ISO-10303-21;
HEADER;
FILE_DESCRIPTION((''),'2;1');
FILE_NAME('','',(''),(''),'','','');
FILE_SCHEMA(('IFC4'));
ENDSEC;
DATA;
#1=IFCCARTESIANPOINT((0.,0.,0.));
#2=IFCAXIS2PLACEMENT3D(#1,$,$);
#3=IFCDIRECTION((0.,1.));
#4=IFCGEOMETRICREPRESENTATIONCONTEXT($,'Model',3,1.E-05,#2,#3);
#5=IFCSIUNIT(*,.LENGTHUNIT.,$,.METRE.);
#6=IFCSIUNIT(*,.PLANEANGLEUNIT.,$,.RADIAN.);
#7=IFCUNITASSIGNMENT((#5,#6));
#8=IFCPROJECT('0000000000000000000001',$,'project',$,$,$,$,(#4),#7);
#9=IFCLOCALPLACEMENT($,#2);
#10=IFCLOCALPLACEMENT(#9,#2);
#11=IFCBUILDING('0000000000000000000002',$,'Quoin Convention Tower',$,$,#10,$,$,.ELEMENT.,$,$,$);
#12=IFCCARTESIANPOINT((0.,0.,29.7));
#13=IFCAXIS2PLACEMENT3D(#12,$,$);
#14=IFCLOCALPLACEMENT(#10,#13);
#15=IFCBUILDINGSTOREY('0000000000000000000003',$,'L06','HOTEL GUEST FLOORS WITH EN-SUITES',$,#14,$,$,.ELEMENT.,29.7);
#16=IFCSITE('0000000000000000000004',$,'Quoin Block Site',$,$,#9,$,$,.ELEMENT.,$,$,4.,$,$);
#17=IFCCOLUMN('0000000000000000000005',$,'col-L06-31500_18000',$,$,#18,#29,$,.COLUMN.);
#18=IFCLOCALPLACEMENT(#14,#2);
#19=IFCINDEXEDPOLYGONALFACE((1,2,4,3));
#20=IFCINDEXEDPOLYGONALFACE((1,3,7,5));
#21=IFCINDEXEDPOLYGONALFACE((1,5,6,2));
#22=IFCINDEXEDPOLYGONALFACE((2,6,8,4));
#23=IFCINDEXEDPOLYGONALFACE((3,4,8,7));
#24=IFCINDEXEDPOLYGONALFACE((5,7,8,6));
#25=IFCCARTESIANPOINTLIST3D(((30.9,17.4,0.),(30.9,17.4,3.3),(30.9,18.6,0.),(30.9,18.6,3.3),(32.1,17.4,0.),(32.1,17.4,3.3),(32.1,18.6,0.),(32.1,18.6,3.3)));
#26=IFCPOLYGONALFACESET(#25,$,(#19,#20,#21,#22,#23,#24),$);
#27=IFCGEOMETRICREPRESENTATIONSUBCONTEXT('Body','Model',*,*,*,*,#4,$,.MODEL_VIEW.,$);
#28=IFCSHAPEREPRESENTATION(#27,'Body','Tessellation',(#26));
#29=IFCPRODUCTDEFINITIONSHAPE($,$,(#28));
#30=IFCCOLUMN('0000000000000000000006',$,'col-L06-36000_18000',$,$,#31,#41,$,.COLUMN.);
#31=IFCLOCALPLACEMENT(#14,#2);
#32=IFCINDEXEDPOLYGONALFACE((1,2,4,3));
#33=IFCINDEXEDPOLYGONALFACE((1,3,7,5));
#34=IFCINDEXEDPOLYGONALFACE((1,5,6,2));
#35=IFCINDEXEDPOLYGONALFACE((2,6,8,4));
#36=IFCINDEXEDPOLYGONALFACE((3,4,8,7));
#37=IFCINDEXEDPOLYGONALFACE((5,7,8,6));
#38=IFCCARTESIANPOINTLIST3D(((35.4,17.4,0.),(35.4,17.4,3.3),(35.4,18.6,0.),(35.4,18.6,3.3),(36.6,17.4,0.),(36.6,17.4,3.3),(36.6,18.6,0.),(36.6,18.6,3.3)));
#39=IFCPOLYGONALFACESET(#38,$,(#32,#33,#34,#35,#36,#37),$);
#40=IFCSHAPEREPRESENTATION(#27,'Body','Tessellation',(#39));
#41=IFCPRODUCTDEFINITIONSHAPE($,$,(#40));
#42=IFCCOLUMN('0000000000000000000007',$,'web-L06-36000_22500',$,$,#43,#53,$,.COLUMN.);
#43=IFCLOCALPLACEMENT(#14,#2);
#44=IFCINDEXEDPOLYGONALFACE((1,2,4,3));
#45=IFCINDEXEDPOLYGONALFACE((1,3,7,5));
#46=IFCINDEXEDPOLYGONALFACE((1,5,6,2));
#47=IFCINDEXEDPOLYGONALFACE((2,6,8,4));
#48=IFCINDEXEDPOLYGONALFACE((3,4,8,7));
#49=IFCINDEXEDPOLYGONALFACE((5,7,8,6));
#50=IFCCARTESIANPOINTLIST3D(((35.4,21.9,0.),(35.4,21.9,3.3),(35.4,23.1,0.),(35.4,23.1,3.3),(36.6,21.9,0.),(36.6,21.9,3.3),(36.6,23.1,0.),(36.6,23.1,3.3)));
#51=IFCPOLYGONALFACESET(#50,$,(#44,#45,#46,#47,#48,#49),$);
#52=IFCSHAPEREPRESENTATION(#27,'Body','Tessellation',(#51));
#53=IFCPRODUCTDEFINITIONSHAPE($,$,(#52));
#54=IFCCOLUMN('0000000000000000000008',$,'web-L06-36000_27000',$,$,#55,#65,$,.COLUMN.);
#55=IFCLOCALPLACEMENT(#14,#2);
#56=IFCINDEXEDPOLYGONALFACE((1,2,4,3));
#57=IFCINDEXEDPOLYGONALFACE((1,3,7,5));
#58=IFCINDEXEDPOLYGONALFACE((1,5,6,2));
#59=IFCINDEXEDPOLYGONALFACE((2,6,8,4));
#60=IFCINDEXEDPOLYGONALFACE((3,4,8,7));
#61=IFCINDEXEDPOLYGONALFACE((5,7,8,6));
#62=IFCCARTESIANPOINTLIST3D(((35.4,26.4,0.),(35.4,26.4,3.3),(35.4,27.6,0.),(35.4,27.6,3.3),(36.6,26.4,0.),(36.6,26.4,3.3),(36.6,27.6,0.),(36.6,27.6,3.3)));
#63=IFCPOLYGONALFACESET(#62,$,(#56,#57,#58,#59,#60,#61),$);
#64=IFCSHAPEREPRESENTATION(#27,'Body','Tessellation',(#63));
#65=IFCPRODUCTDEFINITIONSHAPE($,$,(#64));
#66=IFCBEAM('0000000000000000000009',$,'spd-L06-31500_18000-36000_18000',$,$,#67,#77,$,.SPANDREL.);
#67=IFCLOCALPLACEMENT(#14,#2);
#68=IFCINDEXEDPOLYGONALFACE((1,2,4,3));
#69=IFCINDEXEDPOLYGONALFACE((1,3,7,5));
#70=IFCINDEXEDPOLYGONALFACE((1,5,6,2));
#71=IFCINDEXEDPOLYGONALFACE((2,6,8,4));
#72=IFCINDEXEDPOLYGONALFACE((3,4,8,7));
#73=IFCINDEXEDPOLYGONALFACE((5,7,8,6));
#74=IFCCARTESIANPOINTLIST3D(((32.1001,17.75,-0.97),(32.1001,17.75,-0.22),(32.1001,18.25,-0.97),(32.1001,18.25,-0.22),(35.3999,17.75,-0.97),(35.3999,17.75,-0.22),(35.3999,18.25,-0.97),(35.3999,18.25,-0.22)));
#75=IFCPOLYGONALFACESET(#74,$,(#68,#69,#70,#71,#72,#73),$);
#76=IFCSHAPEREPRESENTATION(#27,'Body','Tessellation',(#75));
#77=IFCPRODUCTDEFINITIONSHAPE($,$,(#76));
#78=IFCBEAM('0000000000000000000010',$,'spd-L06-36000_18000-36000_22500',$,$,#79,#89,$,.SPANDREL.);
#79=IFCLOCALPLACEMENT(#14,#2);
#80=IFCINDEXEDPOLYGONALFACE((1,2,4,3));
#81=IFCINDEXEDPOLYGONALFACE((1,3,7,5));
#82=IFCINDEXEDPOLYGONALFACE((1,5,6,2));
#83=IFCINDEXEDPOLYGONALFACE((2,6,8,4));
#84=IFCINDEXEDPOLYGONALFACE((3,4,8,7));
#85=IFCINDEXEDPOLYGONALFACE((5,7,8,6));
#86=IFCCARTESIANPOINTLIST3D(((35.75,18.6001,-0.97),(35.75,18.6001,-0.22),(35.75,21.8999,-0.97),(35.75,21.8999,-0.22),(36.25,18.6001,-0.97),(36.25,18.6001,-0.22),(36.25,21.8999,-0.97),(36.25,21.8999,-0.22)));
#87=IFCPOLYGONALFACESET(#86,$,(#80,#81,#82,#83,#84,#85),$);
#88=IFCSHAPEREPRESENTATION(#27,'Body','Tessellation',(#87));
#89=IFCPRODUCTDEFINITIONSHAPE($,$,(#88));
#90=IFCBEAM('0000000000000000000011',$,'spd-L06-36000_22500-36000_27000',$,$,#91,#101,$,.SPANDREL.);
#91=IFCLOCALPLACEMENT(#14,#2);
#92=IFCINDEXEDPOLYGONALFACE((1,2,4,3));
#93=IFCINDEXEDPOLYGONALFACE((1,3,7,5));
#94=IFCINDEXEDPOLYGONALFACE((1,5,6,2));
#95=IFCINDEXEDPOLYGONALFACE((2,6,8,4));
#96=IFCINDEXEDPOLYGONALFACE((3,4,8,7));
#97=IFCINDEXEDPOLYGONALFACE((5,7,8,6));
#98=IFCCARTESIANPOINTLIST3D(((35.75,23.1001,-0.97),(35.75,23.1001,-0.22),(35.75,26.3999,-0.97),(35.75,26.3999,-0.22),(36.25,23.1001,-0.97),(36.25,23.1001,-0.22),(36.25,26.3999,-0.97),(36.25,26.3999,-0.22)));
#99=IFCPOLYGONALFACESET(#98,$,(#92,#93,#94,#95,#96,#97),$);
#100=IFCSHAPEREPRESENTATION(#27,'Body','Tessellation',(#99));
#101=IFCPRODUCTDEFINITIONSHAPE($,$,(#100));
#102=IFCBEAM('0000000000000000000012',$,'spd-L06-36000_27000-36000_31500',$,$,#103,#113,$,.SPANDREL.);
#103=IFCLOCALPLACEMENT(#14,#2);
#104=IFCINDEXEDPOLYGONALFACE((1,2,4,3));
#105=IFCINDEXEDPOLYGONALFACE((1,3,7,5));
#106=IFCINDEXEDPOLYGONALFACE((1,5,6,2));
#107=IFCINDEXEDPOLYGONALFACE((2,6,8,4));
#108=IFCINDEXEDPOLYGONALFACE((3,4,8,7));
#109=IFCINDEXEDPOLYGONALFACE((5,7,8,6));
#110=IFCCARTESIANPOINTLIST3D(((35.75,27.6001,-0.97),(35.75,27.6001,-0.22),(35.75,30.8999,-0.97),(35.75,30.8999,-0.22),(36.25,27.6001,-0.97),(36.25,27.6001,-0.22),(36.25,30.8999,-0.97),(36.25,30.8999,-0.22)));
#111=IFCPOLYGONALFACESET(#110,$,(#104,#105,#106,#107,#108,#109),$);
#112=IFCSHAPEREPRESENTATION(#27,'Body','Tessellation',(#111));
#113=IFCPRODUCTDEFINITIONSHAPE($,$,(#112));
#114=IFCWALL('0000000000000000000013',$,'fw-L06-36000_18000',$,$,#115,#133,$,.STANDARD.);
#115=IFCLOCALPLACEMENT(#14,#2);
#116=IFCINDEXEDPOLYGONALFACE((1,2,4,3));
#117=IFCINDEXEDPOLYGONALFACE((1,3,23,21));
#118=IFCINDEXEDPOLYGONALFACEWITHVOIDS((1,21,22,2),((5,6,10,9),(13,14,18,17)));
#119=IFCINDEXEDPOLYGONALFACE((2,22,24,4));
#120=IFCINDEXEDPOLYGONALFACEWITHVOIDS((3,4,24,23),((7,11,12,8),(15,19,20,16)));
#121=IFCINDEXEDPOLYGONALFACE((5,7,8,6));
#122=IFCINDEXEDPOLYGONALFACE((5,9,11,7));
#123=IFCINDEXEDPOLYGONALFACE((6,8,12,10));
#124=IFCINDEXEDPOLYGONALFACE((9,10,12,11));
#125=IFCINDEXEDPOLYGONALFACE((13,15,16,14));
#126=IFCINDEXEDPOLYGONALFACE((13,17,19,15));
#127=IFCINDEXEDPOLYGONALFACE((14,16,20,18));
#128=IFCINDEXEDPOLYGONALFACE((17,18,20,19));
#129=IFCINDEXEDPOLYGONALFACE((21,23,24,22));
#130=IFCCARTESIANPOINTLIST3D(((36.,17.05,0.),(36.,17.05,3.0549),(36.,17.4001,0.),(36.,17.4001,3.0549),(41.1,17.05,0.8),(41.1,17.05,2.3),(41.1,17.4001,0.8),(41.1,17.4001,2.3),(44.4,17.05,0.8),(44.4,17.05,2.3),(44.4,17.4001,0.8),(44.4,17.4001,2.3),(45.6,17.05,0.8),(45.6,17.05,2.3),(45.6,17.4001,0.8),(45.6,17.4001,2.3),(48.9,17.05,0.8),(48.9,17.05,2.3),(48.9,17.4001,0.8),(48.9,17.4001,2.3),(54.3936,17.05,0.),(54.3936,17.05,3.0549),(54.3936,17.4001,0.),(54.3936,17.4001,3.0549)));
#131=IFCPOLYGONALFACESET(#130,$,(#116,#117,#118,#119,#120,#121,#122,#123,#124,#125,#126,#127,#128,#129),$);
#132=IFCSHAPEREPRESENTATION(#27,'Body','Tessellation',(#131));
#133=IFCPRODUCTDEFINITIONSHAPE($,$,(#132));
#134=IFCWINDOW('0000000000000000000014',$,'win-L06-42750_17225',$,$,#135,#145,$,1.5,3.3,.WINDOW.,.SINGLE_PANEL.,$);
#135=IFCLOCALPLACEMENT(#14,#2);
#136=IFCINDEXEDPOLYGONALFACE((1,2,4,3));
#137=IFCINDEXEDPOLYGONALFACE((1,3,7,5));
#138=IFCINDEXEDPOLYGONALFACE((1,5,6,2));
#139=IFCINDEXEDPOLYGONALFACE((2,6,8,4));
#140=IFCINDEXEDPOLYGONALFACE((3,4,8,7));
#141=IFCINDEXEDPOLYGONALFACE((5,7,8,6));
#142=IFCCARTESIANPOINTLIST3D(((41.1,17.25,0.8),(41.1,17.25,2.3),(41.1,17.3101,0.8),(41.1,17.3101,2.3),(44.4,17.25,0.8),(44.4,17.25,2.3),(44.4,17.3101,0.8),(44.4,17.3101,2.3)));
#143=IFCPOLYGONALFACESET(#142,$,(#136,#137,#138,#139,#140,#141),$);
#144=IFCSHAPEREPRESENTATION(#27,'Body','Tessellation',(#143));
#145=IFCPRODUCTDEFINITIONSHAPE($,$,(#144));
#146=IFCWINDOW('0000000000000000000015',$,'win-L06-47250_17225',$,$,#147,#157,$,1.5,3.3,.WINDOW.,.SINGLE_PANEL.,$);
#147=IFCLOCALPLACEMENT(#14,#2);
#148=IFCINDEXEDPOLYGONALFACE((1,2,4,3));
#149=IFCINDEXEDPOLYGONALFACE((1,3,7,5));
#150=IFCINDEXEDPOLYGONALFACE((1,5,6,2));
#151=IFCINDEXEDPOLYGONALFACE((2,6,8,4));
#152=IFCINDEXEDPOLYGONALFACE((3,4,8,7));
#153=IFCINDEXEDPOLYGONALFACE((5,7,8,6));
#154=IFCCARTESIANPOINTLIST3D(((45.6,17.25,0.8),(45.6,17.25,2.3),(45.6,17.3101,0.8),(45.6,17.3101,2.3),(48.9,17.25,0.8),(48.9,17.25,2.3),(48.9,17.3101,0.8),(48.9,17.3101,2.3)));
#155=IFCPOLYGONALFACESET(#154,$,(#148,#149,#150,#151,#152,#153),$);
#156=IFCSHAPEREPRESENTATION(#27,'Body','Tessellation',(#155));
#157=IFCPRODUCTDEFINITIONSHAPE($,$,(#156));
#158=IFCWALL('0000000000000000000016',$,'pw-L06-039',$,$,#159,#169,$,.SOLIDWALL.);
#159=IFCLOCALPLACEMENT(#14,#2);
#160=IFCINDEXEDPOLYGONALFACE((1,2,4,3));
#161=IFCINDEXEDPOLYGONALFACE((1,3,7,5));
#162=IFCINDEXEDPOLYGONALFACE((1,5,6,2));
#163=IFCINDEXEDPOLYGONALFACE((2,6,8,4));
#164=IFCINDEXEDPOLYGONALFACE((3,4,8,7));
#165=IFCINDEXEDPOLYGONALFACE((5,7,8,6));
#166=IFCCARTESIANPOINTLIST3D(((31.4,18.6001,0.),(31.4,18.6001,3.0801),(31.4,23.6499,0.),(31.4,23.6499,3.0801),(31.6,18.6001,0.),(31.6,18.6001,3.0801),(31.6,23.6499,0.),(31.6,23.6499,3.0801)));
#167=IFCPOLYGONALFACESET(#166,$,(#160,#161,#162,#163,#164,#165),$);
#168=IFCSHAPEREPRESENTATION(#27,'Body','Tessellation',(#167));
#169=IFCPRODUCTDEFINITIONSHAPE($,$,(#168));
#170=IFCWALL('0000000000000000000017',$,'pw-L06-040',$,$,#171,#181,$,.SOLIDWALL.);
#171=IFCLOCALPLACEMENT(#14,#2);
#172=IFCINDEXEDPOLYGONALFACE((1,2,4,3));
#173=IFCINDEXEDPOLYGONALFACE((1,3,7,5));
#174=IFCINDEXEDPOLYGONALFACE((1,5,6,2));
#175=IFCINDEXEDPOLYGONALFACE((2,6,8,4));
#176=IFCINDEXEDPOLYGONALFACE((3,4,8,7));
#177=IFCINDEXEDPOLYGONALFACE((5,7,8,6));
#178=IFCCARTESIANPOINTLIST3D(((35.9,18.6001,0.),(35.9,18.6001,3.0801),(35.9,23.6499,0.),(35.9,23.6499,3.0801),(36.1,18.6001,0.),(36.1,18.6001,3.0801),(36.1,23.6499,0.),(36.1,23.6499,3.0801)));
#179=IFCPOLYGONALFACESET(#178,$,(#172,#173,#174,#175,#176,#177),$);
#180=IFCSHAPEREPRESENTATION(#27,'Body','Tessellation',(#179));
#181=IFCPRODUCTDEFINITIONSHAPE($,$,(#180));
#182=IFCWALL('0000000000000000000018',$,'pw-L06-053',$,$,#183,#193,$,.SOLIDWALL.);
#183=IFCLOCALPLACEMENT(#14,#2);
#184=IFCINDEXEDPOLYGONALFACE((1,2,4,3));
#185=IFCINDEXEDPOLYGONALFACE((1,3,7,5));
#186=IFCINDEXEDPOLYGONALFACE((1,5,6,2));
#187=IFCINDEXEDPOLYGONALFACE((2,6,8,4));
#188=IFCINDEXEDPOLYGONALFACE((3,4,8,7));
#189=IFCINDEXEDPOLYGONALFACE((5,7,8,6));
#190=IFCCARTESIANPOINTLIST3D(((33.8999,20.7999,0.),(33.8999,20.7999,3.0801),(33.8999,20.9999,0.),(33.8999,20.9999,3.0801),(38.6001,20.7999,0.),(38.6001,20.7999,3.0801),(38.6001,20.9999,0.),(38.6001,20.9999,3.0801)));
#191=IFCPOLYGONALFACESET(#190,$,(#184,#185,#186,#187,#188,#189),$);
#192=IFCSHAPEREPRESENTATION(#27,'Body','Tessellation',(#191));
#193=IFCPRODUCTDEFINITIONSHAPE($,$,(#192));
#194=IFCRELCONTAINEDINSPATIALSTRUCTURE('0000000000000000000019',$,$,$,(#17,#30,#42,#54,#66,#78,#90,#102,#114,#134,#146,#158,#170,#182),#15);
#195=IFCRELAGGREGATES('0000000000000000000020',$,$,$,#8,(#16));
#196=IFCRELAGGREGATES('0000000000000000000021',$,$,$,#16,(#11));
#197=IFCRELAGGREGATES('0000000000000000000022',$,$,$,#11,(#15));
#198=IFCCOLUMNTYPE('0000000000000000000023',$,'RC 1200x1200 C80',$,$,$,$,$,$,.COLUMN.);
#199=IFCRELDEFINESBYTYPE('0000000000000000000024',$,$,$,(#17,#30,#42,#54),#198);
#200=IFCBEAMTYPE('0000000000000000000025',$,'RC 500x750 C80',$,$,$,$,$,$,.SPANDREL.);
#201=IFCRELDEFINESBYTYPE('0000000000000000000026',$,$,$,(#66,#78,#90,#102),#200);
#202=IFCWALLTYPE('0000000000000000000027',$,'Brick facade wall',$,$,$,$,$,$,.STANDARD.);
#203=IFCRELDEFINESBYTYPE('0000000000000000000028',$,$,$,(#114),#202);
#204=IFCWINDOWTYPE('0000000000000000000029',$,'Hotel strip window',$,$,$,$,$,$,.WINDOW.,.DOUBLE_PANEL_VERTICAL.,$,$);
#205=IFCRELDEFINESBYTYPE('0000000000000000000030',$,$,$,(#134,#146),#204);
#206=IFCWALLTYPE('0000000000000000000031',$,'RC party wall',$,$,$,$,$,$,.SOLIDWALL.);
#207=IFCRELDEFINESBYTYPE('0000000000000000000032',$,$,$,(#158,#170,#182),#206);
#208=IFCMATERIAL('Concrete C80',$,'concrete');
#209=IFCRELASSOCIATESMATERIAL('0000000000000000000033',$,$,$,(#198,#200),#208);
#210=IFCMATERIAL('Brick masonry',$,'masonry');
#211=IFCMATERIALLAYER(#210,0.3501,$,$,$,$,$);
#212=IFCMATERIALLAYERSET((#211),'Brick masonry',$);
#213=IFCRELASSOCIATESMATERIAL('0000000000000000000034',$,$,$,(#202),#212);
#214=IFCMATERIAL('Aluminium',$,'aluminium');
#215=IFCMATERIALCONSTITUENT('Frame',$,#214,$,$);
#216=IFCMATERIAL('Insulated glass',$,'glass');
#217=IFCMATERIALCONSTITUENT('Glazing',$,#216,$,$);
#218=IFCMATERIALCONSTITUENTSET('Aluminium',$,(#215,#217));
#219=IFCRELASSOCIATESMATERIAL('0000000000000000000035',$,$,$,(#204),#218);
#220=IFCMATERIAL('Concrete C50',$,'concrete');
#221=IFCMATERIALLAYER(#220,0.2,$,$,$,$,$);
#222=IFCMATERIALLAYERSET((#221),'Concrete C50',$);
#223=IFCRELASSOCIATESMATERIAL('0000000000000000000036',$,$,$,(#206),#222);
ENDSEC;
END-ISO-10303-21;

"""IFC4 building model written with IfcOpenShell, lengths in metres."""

from ifc_helpers import new_model, si_unit, direction, frame, frame_2d, origin, origin_2d, place, context, subcontext, project, spatial, rectangle, extrude, material, layer, layer_set, constituent, constituent_set, material_profile, profile_set, type_object, element, fill, save


model = new_model("IFC4")

# Units and contexts
model_context = context("Model", 3, precision=1e-05, world=origin(), true_north=direction((0.0, 1.0)))
body_context = subcontext(model_context, "Body", "Model", "MODEL_VIEW")
ifc_project = project(units=[si_unit("LENGTHUNIT", "METRE"), si_unit("PLANEANGLEUNIT", "RADIAN")], contexts=[model_context])

# Site, building, storey
site_placement = place(None, origin())
site = spatial("IfcSite", under=ifc_project, at=site_placement, Name="Quoin Block Site", CompositionType="ELEMENT", RefElevation=4.0)
building_placement = place(site_placement, origin())
building = spatial("IfcBuilding", under=site, at=building_placement, Name="Quoin Convention Tower", CompositionType="ELEMENT")
storey_placement = place(building_placement, frame((0.0, 0.0, 29.7)))
storey = spatial("IfcBuildingStorey", under=building, at=storey_placement, Name="L06", Description="HOTEL GUEST FLOORS WITH EN-SUITES", CompositionType="ELEMENT", Elevation=29.7)

# Columns
ifc_material_1 = material(Name="Concrete C80", Category="concrete")
ifc_material_profile_1 = material_profile(ifc_material_1, rectangle(XDim=1.2, YDim=1.2, at=origin_2d()), Name="RC 1200x1200")
ifc_profile_set_1 = profile_set([ifc_material_profile_1], Name="Concrete C80")
column_type = type_object("IfcColumnType", Name="RC 1200x1200 C80", PredefinedType="COLUMN", material=ifc_profile_set_1)
for number, where, z_axis, x_axis, name in (
    (1, (31.5, 18.0, 0.0), (0.0, 0.0, 1.0), (1.0, 0.0, 0.0), "col-L06-31500_18000"),
    (2, (36.0, 18.0, 0.0), (0.0, 0.0, 1.0), (1.0, 0.0, 0.0), "col-L06-36000_18000"),
    (3, (36.0, 22.5, 0.0), (0.0, 0.0, 1.0), (1.0, 0.0, 0.0), "web-L06-36000_22500"),
    (4, (36.0, 27.0, 0.0), (0.0, 0.0, 1.0), (1.0, 0.0, 0.0), "web-L06-36000_27000"),
):
    element("IfcColumn", number, at=place(storey_placement, frame(where, z_axis=z_axis, x_axis=x_axis)), inside=storey, type_object=column_type, Name=name, PredefinedType="COLUMN", context=body_context, shape_type="SweptSolid", body=[
        extrude(rectangle(XDim=1.2, YDim=1.2, at=origin_2d()), origin(), (0.0, 0.0, 1.0), 3.3),
    ])

# Beams
ifc_material_profile_2 = material_profile(ifc_material_1, rectangle(XDim=0.5, YDim=0.75, at=origin_2d()), Name="RC 500x750")
ifc_profile_set_2 = profile_set([ifc_material_profile_2], Name="Concrete C80")
beam_type = type_object("IfcBeamType", Name="RC 500x750 C80", PredefinedType="SPANDREL", material=ifc_profile_set_2)
for number, where, z_axis, x_axis, name in (
    (5, (32.1001, 18.0, -0.595), (1.0, 0.0, 0.0), (0.0, 1.0, 0.0), "spd-L06-31500_18000-36000_18000"),
    (6, (36.0, 18.6001, -0.595), (0.0, 1.0, 0.0), (-1.0, 0.0, 0.0), "spd-L06-36000_18000-36000_22500"),
    (7, (36.0, 23.1001, -0.595), (0.0, 1.0, 0.0), (-1.0, 0.0, 0.0), "spd-L06-36000_22500-36000_27000"),
    (8, (36.0, 27.6001, -0.595), (0.0, 1.0, 0.0), (-1.0, 0.0, 0.0), "spd-L06-36000_27000-36000_31500"),
):
    element("IfcBeam", number, at=place(storey_placement, frame(where, z_axis=z_axis, x_axis=x_axis)), inside=storey, type_object=beam_type, Name=name, PredefinedType="SPANDREL", context=body_context, shape_type="SweptSolid", body=[
        extrude(rectangle(XDim=0.5, YDim=0.75, at=origin_2d()), origin(), (0.0, 0.0, 1.0), 3.2998),
    ])

# Wall, openings, windows
ifc_material_2 = material(Name="Brick masonry", Category="masonry")
ifc_layer_1 = layer(ifc_material_2, 0.3501)
ifc_layer_set_1 = layer_set([ifc_layer_1], Name="Brick masonry")
wall_type_1 = type_object("IfcWallType", Name="Brick facade wall", PredefinedType="STANDARD", material=ifc_layer_set_1)
wall_1_placement = place(storey_placement, frame((36.0, 17.2251, 0.0), z_axis=(0.0, 0.0, 1.0), x_axis=(1.0, 0.0, 0.0)))
wall_1 = element("IfcWall", 9, at=wall_1_placement, inside=storey, type_object=wall_type_1, Name="fw-L06-36000_18000", PredefinedType="STANDARD", context=body_context, shape_type="SweptSolid", body=[
    extrude(rectangle(XDim=18.3936, YDim=0.3501, at=frame_2d((9.1968, 0.0))), origin(), (0.0, 0.0, 1.0), 3.0549),
])
opening_1_placement = place(wall_1_placement, frame((5.1001, 0.0, 0.8)))
opening_1 = element("IfcOpeningElement", 10, at=opening_1_placement, cuts=wall_1, PredefinedType="OPENING", context=body_context, shape_type="SweptSolid", body=[
    extrude(rectangle(XDim=3.3, YDim=1.5, at=frame_2d((1.6499, 0.75))), frame((0.0, 0.1851, 0.0), z_axis=(0.0, -1.0, 0.0), x_axis=(1.0, 0.0, 0.0)), (0.0, 0.0, 1.0), 0.3701),
])
opening_2_placement = place(wall_1_placement, frame((9.6001, 0.0, 0.8)))
opening_2 = element("IfcOpeningElement", 11, at=opening_2_placement, cuts=wall_1, PredefinedType="OPENING", context=body_context, shape_type="SweptSolid", body=[
    extrude(rectangle(XDim=3.3, YDim=1.5, at=frame_2d((1.6499, 0.75))), frame((0.0, 0.1851, 0.0), z_axis=(0.0, -1.0, 0.0), x_axis=(1.0, 0.0, 0.0)), (0.0, 0.0, 1.0), 0.3701),
])
ifc_material_3 = material(Name="Aluminium", Category="aluminium")
ifc_constituent_1 = constituent(ifc_material_3, Name="Frame")
ifc_material_4 = material(Name="Insulated glass", Category="glass")
ifc_constituent_2 = constituent(ifc_material_4, Name="Glazing")
ifc_constituent_set = constituent_set(constituents=[ifc_constituent_1, ifc_constituent_2], Name="Aluminium")
window_type = type_object("IfcWindowType", Name="Hotel strip window", PartitioningType="DOUBLE_PANEL_VERTICAL", PredefinedType="WINDOW", material=ifc_constituent_set)
window_1_placement = place(opening_1_placement, origin())
window_1 = element("IfcWindow", 12, at=window_1_placement, inside=storey, type_object=window_type, Name="win-L06-42750_17225", OverallHeight=1.5, OverallWidth=3.3, PartitioningType="SINGLE_PANEL", PredefinedType="WINDOW", context=body_context, shape_type="SweptSolid", body=[
    extrude(rectangle(XDim=3.3, YDim=1.5, at=frame_2d((1.6499, 0.75))), frame((0.0, 0.085, 0.0), z_axis=(0.0, -1.0, 0.0), x_axis=(1.0, 0.0, 0.0)), (0.0, 0.0, 1.0), 0.0601),
])
fill(opening_1, window_1)
window_2_placement = place(opening_2_placement, origin())
window_2 = element("IfcWindow", 13, at=window_2_placement, inside=storey, type_object=window_type, Name="win-L06-47250_17225", OverallHeight=1.5, OverallWidth=3.3, PartitioningType="SINGLE_PANEL", PredefinedType="WINDOW", context=body_context, shape_type="SweptSolid", body=[
    extrude(rectangle(XDim=3.3, YDim=1.5, at=frame_2d((1.6499, 0.75))), frame((0.0, 0.085, 0.0), z_axis=(0.0, -1.0, 0.0), x_axis=(1.0, 0.0, 0.0)), (0.0, 0.0, 1.0), 0.0601),
])
fill(opening_2, window_2)

# Walls
ifc_material_5 = material(Name="Concrete C50", Category="concrete")
ifc_layer_2 = layer(ifc_material_5, 0.2)
ifc_layer_set_2 = layer_set([ifc_layer_2], Name="Concrete C50")
wall_type_2 = type_object("IfcWallType", Name="RC party wall", PredefinedType="SOLIDWALL", material=ifc_layer_set_2)
for number, where, z_axis, x_axis, name in (
    (14, (31.5, 18.6001, 0.0), (0.0, 0.0, 1.0), (0.0, 1.0, 0.0), "pw-L06-039"),
    (15, (36.0, 18.6001, 0.0), (0.0, 0.0, 1.0), (0.0, 1.0, 0.0), "pw-L06-040"),
):
    element("IfcWall", number, at=place(storey_placement, frame(where, z_axis=z_axis, x_axis=x_axis)), inside=storey, type_object=wall_type_2, Name=name, PredefinedType="SOLIDWALL", context=body_context, shape_type="SweptSolid", body=[
        extrude(rectangle(XDim=5.0498, YDim=0.2, at=frame_2d((2.5249, 0.0))), origin(), (0.0, 0.0, 1.0), 3.0801),
    ])
wall_2_placement = place(storey_placement, frame((33.8999, 20.8999, 0.0), z_axis=(0.0, 0.0, 1.0), x_axis=(1.0, 0.0, 0.0)))
element("IfcWall", 16, at=wall_2_placement, inside=storey, type_object=wall_type_2, Name="pw-L06-053", PredefinedType="SOLIDWALL", context=body_context, shape_type="SweptSolid", body=[
    extrude(rectangle(XDim=4.7002, YDim=0.2, at=frame_2d((2.3501, 0.0))), origin(), (0.0, 0.0, 1.0), 3.0801),
])

save(model, "model.ifc")
